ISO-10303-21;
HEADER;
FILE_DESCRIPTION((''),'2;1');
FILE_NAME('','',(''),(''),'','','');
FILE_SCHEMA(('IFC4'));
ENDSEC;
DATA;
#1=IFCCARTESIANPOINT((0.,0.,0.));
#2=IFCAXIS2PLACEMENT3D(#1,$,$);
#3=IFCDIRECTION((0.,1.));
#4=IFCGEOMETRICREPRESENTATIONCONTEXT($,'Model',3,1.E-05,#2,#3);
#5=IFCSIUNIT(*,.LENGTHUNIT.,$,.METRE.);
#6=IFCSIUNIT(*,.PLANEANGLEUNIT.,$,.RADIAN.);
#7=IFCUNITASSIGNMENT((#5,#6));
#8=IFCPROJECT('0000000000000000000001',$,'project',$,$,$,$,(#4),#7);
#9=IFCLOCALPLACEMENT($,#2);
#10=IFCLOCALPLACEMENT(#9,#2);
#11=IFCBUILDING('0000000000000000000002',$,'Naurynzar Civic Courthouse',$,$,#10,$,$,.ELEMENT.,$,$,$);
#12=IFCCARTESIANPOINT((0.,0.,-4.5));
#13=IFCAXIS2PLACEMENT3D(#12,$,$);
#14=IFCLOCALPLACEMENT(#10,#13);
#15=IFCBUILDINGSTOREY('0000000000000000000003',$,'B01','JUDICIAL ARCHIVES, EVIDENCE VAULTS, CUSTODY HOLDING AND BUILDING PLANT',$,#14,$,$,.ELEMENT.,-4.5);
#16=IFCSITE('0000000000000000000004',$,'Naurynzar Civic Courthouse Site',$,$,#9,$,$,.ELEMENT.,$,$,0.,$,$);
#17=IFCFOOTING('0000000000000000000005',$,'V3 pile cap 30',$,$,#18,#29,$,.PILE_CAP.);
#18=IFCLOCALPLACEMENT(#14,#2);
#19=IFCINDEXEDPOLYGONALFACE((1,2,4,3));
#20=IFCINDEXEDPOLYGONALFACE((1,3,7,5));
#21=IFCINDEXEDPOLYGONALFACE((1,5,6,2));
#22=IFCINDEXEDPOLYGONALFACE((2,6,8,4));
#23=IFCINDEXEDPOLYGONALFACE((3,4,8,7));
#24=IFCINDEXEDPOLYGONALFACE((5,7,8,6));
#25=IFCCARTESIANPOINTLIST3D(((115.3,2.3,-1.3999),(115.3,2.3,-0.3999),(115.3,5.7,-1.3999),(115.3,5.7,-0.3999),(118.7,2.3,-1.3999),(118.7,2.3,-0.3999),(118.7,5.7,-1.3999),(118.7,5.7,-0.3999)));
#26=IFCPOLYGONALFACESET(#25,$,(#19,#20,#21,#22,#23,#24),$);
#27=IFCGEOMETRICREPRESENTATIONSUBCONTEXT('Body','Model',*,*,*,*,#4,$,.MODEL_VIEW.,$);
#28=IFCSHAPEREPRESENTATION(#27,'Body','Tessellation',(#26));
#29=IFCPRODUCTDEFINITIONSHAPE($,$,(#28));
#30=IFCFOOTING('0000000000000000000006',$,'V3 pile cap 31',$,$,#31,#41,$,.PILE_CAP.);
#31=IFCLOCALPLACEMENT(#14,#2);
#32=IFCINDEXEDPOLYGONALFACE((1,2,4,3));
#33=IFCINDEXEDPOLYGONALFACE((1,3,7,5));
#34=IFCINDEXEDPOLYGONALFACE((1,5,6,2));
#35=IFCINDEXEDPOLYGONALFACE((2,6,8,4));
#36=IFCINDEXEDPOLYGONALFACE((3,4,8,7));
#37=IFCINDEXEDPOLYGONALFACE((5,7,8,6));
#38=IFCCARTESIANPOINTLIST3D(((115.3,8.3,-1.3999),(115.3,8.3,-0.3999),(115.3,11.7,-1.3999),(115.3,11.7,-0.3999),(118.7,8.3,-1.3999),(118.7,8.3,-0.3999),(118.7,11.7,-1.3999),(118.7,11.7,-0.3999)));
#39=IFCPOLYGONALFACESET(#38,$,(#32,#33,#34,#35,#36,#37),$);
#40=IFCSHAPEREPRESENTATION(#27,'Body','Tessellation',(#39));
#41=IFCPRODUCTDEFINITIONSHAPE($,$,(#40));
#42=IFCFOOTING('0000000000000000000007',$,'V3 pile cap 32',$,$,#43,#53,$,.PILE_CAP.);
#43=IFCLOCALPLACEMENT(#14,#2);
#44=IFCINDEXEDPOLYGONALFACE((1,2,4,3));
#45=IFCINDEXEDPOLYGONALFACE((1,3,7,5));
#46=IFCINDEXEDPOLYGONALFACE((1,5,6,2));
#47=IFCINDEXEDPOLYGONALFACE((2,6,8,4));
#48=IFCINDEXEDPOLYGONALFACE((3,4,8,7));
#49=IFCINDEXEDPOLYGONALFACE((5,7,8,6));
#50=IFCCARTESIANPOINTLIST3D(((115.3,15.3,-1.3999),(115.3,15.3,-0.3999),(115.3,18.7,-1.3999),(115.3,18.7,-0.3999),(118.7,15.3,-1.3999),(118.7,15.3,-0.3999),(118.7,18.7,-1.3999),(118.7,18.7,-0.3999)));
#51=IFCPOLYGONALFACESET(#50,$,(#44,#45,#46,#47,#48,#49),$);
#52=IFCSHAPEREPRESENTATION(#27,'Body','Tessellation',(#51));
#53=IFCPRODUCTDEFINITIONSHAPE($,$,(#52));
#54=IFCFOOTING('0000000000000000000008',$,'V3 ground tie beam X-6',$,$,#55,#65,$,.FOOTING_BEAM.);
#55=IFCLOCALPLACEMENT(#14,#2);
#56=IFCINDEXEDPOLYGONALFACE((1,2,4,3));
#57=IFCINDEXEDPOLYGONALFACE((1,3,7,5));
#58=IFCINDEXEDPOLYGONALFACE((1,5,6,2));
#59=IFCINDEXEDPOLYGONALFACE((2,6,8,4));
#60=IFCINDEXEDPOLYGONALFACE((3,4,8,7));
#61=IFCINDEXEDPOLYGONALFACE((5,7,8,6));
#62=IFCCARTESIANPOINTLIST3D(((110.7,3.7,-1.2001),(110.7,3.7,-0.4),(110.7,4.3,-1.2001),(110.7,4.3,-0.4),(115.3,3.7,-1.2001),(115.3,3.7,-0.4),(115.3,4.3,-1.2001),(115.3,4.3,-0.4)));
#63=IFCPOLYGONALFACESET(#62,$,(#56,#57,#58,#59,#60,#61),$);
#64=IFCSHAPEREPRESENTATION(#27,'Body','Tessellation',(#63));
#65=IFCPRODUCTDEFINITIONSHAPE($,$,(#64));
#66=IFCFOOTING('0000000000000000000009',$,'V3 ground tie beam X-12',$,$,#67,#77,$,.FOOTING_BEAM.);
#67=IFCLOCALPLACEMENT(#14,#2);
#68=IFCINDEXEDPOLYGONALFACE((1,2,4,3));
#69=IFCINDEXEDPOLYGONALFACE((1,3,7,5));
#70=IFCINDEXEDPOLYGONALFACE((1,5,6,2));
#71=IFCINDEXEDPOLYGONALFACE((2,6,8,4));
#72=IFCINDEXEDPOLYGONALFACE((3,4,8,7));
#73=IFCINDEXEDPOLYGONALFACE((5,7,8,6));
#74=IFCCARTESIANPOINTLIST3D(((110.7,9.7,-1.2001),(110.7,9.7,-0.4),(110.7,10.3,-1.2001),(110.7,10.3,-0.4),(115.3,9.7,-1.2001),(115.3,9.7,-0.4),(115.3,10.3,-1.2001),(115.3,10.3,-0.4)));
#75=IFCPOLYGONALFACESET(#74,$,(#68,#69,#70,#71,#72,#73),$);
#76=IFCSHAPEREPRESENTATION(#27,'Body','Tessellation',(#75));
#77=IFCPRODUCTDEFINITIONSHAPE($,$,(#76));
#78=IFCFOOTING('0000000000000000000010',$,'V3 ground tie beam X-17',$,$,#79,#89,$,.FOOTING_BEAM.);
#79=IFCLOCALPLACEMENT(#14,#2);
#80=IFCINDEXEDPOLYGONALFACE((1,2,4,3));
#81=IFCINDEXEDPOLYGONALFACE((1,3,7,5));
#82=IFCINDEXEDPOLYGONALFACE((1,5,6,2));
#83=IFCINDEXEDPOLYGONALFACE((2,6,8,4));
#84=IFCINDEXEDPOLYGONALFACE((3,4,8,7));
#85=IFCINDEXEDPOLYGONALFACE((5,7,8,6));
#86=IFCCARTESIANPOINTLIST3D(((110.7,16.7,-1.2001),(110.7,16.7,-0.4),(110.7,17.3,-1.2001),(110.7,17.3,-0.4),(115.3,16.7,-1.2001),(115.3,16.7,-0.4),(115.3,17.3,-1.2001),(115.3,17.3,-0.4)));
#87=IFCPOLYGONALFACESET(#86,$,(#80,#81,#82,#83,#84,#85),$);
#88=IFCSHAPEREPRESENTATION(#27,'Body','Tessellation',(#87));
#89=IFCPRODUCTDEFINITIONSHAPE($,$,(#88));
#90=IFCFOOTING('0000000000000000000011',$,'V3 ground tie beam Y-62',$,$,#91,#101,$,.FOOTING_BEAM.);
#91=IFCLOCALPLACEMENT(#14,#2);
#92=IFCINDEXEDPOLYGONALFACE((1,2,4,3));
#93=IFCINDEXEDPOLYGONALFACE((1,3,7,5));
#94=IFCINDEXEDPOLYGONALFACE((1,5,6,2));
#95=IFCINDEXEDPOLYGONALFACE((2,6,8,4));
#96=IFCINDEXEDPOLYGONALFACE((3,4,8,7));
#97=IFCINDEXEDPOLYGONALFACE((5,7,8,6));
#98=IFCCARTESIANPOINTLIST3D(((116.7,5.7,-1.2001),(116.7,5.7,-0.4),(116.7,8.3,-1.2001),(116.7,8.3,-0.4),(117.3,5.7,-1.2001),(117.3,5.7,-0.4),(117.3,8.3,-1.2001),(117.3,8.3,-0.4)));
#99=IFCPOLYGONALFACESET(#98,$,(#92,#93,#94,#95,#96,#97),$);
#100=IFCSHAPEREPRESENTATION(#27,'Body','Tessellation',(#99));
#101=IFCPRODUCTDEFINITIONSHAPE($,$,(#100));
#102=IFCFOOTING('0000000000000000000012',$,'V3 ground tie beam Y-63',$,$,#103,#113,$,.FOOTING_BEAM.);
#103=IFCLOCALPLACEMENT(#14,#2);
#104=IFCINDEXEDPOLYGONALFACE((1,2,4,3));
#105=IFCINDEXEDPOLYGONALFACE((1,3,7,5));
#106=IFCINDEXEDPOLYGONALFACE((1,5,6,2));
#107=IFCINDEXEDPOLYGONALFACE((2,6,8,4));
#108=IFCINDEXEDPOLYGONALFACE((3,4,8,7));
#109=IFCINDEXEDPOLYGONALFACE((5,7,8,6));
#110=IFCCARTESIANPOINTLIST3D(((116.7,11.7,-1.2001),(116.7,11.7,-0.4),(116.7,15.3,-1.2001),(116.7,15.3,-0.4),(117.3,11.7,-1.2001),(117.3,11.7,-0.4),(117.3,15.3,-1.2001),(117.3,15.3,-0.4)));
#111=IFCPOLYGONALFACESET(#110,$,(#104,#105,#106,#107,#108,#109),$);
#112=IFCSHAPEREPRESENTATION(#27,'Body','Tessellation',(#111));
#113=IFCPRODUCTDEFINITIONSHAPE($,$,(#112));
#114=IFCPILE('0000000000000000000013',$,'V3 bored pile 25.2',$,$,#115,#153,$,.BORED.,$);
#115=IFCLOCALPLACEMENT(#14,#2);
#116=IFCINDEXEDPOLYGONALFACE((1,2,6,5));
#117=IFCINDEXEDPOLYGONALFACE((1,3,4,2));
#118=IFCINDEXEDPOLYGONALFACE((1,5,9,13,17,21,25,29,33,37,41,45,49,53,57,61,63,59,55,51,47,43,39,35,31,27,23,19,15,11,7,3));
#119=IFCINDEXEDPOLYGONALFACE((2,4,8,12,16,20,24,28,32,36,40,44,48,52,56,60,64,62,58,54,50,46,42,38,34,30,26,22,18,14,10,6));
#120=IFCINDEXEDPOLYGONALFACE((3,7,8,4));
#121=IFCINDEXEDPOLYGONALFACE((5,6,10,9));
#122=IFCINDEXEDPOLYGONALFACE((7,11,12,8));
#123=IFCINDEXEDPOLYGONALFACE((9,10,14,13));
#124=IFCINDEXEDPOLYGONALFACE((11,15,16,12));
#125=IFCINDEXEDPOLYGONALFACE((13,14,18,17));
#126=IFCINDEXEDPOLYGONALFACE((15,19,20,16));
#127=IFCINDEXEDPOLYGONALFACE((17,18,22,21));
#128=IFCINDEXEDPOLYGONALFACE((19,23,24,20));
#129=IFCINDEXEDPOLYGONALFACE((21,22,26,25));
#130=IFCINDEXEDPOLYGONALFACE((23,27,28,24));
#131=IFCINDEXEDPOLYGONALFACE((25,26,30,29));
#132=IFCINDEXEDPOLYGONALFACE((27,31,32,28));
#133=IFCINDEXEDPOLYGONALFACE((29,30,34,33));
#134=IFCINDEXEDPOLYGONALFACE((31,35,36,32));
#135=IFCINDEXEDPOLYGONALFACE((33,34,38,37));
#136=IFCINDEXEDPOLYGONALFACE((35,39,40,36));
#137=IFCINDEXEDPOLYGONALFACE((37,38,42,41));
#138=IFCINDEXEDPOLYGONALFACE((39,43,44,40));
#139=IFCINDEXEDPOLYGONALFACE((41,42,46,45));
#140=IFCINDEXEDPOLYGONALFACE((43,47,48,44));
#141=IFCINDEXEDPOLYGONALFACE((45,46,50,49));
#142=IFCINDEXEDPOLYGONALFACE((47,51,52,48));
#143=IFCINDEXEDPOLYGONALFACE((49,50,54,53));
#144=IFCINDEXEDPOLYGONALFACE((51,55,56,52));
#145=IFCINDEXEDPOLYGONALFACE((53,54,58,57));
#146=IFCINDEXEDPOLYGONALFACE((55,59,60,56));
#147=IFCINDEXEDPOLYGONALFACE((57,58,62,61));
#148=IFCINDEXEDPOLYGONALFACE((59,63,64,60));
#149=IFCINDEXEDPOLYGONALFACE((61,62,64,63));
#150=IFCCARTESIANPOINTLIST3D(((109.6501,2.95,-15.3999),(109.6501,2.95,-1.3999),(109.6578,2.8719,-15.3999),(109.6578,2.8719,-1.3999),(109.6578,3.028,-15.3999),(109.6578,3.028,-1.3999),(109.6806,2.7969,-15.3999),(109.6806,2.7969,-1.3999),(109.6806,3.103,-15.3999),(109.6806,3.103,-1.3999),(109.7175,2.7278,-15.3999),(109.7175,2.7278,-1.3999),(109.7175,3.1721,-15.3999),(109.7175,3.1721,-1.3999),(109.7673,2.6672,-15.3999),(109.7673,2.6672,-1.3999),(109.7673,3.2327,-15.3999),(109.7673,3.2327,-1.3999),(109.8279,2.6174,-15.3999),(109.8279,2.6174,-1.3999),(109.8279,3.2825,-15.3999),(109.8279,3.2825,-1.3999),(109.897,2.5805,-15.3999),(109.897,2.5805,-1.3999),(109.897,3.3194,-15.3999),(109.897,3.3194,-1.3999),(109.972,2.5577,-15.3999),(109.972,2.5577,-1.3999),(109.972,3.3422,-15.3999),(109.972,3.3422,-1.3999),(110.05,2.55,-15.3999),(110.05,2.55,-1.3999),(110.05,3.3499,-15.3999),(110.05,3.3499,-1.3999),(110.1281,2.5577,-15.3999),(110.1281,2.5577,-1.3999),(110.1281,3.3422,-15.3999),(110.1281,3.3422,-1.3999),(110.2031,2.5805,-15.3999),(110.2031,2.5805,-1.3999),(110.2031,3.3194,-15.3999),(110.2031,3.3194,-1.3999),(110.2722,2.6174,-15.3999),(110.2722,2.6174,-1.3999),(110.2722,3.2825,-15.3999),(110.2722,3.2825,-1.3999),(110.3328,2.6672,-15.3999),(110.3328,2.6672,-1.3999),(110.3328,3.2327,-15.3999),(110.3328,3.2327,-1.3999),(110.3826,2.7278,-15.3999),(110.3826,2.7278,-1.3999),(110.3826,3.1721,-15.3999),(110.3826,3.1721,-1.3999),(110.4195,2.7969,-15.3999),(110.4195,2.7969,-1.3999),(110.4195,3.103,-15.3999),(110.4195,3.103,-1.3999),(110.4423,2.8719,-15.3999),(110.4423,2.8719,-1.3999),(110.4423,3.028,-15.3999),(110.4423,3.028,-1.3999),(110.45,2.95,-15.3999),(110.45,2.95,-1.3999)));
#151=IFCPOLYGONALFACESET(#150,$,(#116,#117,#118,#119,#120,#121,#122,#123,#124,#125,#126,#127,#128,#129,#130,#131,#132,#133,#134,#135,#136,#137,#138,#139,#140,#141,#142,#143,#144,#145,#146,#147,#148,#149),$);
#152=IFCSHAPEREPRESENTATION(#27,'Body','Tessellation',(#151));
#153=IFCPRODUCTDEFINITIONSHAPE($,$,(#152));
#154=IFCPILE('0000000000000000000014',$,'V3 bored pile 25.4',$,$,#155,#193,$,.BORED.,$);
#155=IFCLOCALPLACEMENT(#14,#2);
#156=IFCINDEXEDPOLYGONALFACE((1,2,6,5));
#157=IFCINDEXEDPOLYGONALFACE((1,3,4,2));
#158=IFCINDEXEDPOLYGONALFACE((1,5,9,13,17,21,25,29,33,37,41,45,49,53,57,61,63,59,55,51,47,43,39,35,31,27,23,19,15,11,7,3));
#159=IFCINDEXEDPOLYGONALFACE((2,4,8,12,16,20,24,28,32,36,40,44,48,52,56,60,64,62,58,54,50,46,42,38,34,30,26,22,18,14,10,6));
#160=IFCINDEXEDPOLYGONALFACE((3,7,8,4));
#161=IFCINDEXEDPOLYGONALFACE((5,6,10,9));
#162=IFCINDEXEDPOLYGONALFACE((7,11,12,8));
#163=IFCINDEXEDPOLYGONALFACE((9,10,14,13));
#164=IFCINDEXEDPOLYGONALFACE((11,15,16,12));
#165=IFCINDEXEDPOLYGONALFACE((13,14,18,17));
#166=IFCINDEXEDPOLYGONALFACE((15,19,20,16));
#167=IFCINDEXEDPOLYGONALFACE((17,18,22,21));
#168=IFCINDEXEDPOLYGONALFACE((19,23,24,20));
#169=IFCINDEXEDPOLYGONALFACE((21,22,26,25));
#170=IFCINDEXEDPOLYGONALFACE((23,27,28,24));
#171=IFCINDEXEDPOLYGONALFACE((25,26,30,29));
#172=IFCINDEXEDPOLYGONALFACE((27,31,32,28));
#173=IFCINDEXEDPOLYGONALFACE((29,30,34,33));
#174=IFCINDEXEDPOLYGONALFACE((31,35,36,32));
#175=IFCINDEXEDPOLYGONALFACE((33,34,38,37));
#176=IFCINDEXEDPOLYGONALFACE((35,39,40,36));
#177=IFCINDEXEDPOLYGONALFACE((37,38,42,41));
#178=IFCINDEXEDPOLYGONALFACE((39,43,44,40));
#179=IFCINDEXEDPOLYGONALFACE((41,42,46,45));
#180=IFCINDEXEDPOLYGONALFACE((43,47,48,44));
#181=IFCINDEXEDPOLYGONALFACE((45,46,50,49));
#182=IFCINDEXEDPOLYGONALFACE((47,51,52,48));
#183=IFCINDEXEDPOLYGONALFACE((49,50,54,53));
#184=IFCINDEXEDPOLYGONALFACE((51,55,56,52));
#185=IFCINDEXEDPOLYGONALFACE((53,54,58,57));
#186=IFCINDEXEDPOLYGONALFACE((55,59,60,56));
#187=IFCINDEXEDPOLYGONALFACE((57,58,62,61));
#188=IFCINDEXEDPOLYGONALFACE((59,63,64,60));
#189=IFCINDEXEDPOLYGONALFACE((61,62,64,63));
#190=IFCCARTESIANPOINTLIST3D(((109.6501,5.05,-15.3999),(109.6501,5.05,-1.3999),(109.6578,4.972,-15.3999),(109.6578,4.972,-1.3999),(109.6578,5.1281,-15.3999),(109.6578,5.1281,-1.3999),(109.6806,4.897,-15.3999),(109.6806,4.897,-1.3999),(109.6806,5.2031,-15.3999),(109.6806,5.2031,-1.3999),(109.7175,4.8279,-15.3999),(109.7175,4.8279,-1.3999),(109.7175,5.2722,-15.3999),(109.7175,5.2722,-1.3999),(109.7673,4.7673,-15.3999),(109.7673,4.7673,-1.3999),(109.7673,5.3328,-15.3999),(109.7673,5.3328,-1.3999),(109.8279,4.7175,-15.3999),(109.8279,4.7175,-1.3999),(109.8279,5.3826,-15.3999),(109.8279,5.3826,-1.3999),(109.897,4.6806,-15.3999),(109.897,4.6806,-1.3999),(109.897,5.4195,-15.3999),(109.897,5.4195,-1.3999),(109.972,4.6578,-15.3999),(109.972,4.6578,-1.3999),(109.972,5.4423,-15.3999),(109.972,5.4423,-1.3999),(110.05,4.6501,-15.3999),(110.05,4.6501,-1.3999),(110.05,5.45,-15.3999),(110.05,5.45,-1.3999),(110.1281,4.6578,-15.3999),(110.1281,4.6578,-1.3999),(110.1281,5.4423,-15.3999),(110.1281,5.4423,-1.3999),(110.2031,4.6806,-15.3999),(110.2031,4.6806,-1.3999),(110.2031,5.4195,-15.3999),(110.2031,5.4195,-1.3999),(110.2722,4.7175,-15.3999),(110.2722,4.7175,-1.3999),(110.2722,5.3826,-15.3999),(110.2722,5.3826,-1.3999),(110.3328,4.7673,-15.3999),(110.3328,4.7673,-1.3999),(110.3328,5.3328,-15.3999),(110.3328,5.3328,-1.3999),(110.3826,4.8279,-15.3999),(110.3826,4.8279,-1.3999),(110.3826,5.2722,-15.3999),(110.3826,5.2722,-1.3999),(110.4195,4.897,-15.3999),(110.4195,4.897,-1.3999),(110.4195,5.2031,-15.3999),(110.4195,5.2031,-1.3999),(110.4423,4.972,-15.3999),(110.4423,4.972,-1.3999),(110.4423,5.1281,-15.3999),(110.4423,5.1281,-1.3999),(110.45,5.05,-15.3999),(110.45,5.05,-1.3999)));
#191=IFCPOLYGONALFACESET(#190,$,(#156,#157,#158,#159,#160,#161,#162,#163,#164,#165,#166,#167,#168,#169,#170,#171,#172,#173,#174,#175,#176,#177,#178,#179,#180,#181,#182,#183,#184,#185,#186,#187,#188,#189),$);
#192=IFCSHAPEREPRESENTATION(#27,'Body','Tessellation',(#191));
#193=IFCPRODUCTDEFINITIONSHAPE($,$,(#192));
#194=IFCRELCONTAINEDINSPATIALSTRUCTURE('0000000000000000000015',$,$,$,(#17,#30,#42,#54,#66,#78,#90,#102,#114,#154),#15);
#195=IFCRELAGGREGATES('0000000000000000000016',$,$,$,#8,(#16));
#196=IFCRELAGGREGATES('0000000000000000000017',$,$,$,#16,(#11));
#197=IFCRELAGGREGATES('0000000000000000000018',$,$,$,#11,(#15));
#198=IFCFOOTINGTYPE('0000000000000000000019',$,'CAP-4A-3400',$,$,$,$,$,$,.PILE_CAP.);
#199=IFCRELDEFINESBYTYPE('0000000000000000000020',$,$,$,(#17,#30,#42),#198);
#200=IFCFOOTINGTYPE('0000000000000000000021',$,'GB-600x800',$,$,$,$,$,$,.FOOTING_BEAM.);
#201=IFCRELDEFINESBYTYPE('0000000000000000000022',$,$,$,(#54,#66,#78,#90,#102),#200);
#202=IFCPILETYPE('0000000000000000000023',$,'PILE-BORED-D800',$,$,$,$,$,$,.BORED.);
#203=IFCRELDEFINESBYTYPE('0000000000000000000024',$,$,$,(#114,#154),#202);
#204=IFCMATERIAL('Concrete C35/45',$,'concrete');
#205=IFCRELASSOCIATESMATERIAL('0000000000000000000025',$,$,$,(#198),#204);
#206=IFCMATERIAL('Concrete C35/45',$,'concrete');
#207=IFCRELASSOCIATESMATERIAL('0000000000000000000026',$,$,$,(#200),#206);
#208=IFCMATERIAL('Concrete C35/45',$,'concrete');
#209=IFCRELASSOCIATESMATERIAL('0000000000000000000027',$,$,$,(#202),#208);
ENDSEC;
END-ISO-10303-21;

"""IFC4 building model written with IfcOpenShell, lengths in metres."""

from ifc_helpers import new_model, si_unit, direction, frame, origin, origin_2d, place, context, subcontext, project, spatial, rectangle, circle, extrude, material, material_profile, profile_set, type_object, element, save


model = new_model("IFC4")

# Units and contexts
model_context = context("Model", 3, precision=1e-05, world=origin(), true_north=direction((0.0, 1.0)))
body_context = subcontext(model_context, "Body", "Model", "MODEL_VIEW")
ifc_project = project(units=[si_unit("LENGTHUNIT", "METRE"), si_unit("PLANEANGLEUNIT", "RADIAN")], contexts=[model_context])

# Site, building, storey
site_placement = place(None, origin())
site = spatial("IfcSite", under=ifc_project, at=site_placement, Name="Naurynzar Civic Courthouse Site", CompositionType="ELEMENT", RefElevation=0.0)
building_placement = place(site_placement, origin())
building = spatial("IfcBuilding", under=site, at=building_placement, Name="Naurynzar Civic Courthouse", CompositionType="ELEMENT")
storey_placement = place(building_placement, frame((0.0, 0.0, -4.5)))
storey = spatial("IfcBuildingStorey", under=building, at=storey_placement, Name="B01", Description="JUDICIAL ARCHIVES, EVIDENCE VAULTS, CUSTODY HOLDING AND BUILDING PLANT", CompositionType="ELEMENT", Elevation=-4.5)

# Footings
ifc_material_1 = material(Name="Concrete C35/45", Category="concrete")
footing_type_1 = type_object("IfcFootingType", Name="CAP-4A-3400", PredefinedType="PILE_CAP", material=ifc_material_1)
for number, where, z_axis, x_axis, name in (
    (1, (117.0, 4.0, -1.3999), (0.0, 0.0, 1.0), (1.0, 0.0, 0.0), "V3 pile cap 30"),
    (2, (117.0, 10.0, -1.3999), (0.0, 0.0, 1.0), (1.0, 0.0, 0.0), "V3 pile cap 31"),
    (3, (117.0, 17.0, -1.3999), (0.0, 0.0, 1.0), (1.0, 0.0, 0.0), "V3 pile cap 32"),
):
    element("IfcFooting", number, at=place(storey_placement, frame(where, z_axis=z_axis, x_axis=x_axis)), inside=storey, type_object=footing_type_1, Name=name, PredefinedType="PILE_CAP", context=body_context, shape_type="SweptSolid", body=[
        extrude(rectangle(XDim=3.3999, YDim=3.3999, at=origin_2d()), origin(), (0.0, 0.0, 1.0), 1.0),
    ])
ifc_material_2 = material(Name="Concrete C35/45", Category="concrete")
ifc_material_profile_1 = material_profile(ifc_material_2, rectangle(XDim=0.6001, YDim=0.8, at=origin_2d()), Name="GB 600x800")
ifc_profile_set_1 = profile_set([ifc_material_profile_1], Name="Concrete C35/45")
footing_type_2 = type_object("IfcFootingType", Name="GB-600x800", PredefinedType="FOOTING_BEAM", material=ifc_profile_set_1)
for number, where, z_axis, x_axis, name in (
    (4, (110.7, 4.0, -0.8), (1.0, 0.0, 0.0), (0.0, 1.0, 0.0), "V3 ground tie beam X-6"),
    (5, (110.7, 10.0, -0.8), (1.0, 0.0, 0.0), (0.0, 1.0, 0.0), "V3 ground tie beam X-12"),
    (6, (110.7, 17.0, -0.8), (1.0, 0.0, 0.0), (0.0, 1.0, 0.0), "V3 ground tie beam X-17"),
):
    element("IfcFooting", number, at=place(storey_placement, frame(where, z_axis=z_axis, x_axis=x_axis)), inside=storey, type_object=footing_type_2, Name=name, PredefinedType="FOOTING_BEAM", context=body_context, shape_type="SweptSolid", body=[
        extrude(rectangle(XDim=0.6001, YDim=0.8, at=origin_2d()), origin(), (0.0, 0.0, 1.0), 4.6001),
    ])
footing_1_placement = place(storey_placement, frame((117.0, 5.7, -0.8), z_axis=(0.0, 1.0, 0.0), x_axis=(-1.0, 0.0, 0.0)))
element("IfcFooting", 7, at=footing_1_placement, inside=storey, type_object=footing_type_2, Name="V3 ground tie beam Y-62", PredefinedType="FOOTING_BEAM", context=body_context, shape_type="SweptSolid", body=[
    extrude(rectangle(XDim=0.6001, YDim=0.8, at=origin_2d()), origin(), (0.0, 0.0, 1.0), 2.6001),
])
footing_2_placement = place(storey_placement, frame((117.0, 11.7, -0.8), z_axis=(0.0, 1.0, 0.0), x_axis=(-1.0, 0.0, 0.0)))
element("IfcFooting", 8, at=footing_2_placement, inside=storey, type_object=footing_type_2, Name="V3 ground tie beam Y-63", PredefinedType="FOOTING_BEAM", context=body_context, shape_type="SweptSolid", body=[
    extrude(rectangle(XDim=0.6001, YDim=0.8, at=origin_2d()), origin(), (0.0, 0.0, 1.0), 3.6001),
])

# Piles
ifc_material_3 = material(Name="Concrete C35/45", Category="concrete")
ifc_material_profile_2 = material_profile(ifc_material_3, circle(Radius=0.3999, at=origin_2d()), Name="PILE D800")
ifc_profile_set_2 = profile_set([ifc_material_profile_2], Name="Concrete C35/45")
pile_type = type_object("IfcPileType", Name="PILE-BORED-D800", PredefinedType="BORED", material=ifc_profile_set_2)
for number, where, z_axis, x_axis, name in (
    (9, (110.05, 2.95, -1.3999), (0.0, 0.0, -1.0), (1.0, 0.0, 0.0), "V3 bored pile 25.2"),
    (10, (110.05, 5.05, -1.3999), (0.0, 0.0, -1.0), (1.0, 0.0, 0.0), "V3 bored pile 25.4"),
):
    element("IfcPile", number, at=place(storey_placement, frame(where, z_axis=z_axis, x_axis=x_axis)), inside=storey, type_object=pile_type, Name=name, PredefinedType="BORED", context=body_context, shape_type="SweptSolid", body=[
        extrude(circle(Radius=0.3999, at=origin_2d()), origin(), (0.0, 0.0, 1.0), 14.0),
    ])

save(model, "model.ifc")
